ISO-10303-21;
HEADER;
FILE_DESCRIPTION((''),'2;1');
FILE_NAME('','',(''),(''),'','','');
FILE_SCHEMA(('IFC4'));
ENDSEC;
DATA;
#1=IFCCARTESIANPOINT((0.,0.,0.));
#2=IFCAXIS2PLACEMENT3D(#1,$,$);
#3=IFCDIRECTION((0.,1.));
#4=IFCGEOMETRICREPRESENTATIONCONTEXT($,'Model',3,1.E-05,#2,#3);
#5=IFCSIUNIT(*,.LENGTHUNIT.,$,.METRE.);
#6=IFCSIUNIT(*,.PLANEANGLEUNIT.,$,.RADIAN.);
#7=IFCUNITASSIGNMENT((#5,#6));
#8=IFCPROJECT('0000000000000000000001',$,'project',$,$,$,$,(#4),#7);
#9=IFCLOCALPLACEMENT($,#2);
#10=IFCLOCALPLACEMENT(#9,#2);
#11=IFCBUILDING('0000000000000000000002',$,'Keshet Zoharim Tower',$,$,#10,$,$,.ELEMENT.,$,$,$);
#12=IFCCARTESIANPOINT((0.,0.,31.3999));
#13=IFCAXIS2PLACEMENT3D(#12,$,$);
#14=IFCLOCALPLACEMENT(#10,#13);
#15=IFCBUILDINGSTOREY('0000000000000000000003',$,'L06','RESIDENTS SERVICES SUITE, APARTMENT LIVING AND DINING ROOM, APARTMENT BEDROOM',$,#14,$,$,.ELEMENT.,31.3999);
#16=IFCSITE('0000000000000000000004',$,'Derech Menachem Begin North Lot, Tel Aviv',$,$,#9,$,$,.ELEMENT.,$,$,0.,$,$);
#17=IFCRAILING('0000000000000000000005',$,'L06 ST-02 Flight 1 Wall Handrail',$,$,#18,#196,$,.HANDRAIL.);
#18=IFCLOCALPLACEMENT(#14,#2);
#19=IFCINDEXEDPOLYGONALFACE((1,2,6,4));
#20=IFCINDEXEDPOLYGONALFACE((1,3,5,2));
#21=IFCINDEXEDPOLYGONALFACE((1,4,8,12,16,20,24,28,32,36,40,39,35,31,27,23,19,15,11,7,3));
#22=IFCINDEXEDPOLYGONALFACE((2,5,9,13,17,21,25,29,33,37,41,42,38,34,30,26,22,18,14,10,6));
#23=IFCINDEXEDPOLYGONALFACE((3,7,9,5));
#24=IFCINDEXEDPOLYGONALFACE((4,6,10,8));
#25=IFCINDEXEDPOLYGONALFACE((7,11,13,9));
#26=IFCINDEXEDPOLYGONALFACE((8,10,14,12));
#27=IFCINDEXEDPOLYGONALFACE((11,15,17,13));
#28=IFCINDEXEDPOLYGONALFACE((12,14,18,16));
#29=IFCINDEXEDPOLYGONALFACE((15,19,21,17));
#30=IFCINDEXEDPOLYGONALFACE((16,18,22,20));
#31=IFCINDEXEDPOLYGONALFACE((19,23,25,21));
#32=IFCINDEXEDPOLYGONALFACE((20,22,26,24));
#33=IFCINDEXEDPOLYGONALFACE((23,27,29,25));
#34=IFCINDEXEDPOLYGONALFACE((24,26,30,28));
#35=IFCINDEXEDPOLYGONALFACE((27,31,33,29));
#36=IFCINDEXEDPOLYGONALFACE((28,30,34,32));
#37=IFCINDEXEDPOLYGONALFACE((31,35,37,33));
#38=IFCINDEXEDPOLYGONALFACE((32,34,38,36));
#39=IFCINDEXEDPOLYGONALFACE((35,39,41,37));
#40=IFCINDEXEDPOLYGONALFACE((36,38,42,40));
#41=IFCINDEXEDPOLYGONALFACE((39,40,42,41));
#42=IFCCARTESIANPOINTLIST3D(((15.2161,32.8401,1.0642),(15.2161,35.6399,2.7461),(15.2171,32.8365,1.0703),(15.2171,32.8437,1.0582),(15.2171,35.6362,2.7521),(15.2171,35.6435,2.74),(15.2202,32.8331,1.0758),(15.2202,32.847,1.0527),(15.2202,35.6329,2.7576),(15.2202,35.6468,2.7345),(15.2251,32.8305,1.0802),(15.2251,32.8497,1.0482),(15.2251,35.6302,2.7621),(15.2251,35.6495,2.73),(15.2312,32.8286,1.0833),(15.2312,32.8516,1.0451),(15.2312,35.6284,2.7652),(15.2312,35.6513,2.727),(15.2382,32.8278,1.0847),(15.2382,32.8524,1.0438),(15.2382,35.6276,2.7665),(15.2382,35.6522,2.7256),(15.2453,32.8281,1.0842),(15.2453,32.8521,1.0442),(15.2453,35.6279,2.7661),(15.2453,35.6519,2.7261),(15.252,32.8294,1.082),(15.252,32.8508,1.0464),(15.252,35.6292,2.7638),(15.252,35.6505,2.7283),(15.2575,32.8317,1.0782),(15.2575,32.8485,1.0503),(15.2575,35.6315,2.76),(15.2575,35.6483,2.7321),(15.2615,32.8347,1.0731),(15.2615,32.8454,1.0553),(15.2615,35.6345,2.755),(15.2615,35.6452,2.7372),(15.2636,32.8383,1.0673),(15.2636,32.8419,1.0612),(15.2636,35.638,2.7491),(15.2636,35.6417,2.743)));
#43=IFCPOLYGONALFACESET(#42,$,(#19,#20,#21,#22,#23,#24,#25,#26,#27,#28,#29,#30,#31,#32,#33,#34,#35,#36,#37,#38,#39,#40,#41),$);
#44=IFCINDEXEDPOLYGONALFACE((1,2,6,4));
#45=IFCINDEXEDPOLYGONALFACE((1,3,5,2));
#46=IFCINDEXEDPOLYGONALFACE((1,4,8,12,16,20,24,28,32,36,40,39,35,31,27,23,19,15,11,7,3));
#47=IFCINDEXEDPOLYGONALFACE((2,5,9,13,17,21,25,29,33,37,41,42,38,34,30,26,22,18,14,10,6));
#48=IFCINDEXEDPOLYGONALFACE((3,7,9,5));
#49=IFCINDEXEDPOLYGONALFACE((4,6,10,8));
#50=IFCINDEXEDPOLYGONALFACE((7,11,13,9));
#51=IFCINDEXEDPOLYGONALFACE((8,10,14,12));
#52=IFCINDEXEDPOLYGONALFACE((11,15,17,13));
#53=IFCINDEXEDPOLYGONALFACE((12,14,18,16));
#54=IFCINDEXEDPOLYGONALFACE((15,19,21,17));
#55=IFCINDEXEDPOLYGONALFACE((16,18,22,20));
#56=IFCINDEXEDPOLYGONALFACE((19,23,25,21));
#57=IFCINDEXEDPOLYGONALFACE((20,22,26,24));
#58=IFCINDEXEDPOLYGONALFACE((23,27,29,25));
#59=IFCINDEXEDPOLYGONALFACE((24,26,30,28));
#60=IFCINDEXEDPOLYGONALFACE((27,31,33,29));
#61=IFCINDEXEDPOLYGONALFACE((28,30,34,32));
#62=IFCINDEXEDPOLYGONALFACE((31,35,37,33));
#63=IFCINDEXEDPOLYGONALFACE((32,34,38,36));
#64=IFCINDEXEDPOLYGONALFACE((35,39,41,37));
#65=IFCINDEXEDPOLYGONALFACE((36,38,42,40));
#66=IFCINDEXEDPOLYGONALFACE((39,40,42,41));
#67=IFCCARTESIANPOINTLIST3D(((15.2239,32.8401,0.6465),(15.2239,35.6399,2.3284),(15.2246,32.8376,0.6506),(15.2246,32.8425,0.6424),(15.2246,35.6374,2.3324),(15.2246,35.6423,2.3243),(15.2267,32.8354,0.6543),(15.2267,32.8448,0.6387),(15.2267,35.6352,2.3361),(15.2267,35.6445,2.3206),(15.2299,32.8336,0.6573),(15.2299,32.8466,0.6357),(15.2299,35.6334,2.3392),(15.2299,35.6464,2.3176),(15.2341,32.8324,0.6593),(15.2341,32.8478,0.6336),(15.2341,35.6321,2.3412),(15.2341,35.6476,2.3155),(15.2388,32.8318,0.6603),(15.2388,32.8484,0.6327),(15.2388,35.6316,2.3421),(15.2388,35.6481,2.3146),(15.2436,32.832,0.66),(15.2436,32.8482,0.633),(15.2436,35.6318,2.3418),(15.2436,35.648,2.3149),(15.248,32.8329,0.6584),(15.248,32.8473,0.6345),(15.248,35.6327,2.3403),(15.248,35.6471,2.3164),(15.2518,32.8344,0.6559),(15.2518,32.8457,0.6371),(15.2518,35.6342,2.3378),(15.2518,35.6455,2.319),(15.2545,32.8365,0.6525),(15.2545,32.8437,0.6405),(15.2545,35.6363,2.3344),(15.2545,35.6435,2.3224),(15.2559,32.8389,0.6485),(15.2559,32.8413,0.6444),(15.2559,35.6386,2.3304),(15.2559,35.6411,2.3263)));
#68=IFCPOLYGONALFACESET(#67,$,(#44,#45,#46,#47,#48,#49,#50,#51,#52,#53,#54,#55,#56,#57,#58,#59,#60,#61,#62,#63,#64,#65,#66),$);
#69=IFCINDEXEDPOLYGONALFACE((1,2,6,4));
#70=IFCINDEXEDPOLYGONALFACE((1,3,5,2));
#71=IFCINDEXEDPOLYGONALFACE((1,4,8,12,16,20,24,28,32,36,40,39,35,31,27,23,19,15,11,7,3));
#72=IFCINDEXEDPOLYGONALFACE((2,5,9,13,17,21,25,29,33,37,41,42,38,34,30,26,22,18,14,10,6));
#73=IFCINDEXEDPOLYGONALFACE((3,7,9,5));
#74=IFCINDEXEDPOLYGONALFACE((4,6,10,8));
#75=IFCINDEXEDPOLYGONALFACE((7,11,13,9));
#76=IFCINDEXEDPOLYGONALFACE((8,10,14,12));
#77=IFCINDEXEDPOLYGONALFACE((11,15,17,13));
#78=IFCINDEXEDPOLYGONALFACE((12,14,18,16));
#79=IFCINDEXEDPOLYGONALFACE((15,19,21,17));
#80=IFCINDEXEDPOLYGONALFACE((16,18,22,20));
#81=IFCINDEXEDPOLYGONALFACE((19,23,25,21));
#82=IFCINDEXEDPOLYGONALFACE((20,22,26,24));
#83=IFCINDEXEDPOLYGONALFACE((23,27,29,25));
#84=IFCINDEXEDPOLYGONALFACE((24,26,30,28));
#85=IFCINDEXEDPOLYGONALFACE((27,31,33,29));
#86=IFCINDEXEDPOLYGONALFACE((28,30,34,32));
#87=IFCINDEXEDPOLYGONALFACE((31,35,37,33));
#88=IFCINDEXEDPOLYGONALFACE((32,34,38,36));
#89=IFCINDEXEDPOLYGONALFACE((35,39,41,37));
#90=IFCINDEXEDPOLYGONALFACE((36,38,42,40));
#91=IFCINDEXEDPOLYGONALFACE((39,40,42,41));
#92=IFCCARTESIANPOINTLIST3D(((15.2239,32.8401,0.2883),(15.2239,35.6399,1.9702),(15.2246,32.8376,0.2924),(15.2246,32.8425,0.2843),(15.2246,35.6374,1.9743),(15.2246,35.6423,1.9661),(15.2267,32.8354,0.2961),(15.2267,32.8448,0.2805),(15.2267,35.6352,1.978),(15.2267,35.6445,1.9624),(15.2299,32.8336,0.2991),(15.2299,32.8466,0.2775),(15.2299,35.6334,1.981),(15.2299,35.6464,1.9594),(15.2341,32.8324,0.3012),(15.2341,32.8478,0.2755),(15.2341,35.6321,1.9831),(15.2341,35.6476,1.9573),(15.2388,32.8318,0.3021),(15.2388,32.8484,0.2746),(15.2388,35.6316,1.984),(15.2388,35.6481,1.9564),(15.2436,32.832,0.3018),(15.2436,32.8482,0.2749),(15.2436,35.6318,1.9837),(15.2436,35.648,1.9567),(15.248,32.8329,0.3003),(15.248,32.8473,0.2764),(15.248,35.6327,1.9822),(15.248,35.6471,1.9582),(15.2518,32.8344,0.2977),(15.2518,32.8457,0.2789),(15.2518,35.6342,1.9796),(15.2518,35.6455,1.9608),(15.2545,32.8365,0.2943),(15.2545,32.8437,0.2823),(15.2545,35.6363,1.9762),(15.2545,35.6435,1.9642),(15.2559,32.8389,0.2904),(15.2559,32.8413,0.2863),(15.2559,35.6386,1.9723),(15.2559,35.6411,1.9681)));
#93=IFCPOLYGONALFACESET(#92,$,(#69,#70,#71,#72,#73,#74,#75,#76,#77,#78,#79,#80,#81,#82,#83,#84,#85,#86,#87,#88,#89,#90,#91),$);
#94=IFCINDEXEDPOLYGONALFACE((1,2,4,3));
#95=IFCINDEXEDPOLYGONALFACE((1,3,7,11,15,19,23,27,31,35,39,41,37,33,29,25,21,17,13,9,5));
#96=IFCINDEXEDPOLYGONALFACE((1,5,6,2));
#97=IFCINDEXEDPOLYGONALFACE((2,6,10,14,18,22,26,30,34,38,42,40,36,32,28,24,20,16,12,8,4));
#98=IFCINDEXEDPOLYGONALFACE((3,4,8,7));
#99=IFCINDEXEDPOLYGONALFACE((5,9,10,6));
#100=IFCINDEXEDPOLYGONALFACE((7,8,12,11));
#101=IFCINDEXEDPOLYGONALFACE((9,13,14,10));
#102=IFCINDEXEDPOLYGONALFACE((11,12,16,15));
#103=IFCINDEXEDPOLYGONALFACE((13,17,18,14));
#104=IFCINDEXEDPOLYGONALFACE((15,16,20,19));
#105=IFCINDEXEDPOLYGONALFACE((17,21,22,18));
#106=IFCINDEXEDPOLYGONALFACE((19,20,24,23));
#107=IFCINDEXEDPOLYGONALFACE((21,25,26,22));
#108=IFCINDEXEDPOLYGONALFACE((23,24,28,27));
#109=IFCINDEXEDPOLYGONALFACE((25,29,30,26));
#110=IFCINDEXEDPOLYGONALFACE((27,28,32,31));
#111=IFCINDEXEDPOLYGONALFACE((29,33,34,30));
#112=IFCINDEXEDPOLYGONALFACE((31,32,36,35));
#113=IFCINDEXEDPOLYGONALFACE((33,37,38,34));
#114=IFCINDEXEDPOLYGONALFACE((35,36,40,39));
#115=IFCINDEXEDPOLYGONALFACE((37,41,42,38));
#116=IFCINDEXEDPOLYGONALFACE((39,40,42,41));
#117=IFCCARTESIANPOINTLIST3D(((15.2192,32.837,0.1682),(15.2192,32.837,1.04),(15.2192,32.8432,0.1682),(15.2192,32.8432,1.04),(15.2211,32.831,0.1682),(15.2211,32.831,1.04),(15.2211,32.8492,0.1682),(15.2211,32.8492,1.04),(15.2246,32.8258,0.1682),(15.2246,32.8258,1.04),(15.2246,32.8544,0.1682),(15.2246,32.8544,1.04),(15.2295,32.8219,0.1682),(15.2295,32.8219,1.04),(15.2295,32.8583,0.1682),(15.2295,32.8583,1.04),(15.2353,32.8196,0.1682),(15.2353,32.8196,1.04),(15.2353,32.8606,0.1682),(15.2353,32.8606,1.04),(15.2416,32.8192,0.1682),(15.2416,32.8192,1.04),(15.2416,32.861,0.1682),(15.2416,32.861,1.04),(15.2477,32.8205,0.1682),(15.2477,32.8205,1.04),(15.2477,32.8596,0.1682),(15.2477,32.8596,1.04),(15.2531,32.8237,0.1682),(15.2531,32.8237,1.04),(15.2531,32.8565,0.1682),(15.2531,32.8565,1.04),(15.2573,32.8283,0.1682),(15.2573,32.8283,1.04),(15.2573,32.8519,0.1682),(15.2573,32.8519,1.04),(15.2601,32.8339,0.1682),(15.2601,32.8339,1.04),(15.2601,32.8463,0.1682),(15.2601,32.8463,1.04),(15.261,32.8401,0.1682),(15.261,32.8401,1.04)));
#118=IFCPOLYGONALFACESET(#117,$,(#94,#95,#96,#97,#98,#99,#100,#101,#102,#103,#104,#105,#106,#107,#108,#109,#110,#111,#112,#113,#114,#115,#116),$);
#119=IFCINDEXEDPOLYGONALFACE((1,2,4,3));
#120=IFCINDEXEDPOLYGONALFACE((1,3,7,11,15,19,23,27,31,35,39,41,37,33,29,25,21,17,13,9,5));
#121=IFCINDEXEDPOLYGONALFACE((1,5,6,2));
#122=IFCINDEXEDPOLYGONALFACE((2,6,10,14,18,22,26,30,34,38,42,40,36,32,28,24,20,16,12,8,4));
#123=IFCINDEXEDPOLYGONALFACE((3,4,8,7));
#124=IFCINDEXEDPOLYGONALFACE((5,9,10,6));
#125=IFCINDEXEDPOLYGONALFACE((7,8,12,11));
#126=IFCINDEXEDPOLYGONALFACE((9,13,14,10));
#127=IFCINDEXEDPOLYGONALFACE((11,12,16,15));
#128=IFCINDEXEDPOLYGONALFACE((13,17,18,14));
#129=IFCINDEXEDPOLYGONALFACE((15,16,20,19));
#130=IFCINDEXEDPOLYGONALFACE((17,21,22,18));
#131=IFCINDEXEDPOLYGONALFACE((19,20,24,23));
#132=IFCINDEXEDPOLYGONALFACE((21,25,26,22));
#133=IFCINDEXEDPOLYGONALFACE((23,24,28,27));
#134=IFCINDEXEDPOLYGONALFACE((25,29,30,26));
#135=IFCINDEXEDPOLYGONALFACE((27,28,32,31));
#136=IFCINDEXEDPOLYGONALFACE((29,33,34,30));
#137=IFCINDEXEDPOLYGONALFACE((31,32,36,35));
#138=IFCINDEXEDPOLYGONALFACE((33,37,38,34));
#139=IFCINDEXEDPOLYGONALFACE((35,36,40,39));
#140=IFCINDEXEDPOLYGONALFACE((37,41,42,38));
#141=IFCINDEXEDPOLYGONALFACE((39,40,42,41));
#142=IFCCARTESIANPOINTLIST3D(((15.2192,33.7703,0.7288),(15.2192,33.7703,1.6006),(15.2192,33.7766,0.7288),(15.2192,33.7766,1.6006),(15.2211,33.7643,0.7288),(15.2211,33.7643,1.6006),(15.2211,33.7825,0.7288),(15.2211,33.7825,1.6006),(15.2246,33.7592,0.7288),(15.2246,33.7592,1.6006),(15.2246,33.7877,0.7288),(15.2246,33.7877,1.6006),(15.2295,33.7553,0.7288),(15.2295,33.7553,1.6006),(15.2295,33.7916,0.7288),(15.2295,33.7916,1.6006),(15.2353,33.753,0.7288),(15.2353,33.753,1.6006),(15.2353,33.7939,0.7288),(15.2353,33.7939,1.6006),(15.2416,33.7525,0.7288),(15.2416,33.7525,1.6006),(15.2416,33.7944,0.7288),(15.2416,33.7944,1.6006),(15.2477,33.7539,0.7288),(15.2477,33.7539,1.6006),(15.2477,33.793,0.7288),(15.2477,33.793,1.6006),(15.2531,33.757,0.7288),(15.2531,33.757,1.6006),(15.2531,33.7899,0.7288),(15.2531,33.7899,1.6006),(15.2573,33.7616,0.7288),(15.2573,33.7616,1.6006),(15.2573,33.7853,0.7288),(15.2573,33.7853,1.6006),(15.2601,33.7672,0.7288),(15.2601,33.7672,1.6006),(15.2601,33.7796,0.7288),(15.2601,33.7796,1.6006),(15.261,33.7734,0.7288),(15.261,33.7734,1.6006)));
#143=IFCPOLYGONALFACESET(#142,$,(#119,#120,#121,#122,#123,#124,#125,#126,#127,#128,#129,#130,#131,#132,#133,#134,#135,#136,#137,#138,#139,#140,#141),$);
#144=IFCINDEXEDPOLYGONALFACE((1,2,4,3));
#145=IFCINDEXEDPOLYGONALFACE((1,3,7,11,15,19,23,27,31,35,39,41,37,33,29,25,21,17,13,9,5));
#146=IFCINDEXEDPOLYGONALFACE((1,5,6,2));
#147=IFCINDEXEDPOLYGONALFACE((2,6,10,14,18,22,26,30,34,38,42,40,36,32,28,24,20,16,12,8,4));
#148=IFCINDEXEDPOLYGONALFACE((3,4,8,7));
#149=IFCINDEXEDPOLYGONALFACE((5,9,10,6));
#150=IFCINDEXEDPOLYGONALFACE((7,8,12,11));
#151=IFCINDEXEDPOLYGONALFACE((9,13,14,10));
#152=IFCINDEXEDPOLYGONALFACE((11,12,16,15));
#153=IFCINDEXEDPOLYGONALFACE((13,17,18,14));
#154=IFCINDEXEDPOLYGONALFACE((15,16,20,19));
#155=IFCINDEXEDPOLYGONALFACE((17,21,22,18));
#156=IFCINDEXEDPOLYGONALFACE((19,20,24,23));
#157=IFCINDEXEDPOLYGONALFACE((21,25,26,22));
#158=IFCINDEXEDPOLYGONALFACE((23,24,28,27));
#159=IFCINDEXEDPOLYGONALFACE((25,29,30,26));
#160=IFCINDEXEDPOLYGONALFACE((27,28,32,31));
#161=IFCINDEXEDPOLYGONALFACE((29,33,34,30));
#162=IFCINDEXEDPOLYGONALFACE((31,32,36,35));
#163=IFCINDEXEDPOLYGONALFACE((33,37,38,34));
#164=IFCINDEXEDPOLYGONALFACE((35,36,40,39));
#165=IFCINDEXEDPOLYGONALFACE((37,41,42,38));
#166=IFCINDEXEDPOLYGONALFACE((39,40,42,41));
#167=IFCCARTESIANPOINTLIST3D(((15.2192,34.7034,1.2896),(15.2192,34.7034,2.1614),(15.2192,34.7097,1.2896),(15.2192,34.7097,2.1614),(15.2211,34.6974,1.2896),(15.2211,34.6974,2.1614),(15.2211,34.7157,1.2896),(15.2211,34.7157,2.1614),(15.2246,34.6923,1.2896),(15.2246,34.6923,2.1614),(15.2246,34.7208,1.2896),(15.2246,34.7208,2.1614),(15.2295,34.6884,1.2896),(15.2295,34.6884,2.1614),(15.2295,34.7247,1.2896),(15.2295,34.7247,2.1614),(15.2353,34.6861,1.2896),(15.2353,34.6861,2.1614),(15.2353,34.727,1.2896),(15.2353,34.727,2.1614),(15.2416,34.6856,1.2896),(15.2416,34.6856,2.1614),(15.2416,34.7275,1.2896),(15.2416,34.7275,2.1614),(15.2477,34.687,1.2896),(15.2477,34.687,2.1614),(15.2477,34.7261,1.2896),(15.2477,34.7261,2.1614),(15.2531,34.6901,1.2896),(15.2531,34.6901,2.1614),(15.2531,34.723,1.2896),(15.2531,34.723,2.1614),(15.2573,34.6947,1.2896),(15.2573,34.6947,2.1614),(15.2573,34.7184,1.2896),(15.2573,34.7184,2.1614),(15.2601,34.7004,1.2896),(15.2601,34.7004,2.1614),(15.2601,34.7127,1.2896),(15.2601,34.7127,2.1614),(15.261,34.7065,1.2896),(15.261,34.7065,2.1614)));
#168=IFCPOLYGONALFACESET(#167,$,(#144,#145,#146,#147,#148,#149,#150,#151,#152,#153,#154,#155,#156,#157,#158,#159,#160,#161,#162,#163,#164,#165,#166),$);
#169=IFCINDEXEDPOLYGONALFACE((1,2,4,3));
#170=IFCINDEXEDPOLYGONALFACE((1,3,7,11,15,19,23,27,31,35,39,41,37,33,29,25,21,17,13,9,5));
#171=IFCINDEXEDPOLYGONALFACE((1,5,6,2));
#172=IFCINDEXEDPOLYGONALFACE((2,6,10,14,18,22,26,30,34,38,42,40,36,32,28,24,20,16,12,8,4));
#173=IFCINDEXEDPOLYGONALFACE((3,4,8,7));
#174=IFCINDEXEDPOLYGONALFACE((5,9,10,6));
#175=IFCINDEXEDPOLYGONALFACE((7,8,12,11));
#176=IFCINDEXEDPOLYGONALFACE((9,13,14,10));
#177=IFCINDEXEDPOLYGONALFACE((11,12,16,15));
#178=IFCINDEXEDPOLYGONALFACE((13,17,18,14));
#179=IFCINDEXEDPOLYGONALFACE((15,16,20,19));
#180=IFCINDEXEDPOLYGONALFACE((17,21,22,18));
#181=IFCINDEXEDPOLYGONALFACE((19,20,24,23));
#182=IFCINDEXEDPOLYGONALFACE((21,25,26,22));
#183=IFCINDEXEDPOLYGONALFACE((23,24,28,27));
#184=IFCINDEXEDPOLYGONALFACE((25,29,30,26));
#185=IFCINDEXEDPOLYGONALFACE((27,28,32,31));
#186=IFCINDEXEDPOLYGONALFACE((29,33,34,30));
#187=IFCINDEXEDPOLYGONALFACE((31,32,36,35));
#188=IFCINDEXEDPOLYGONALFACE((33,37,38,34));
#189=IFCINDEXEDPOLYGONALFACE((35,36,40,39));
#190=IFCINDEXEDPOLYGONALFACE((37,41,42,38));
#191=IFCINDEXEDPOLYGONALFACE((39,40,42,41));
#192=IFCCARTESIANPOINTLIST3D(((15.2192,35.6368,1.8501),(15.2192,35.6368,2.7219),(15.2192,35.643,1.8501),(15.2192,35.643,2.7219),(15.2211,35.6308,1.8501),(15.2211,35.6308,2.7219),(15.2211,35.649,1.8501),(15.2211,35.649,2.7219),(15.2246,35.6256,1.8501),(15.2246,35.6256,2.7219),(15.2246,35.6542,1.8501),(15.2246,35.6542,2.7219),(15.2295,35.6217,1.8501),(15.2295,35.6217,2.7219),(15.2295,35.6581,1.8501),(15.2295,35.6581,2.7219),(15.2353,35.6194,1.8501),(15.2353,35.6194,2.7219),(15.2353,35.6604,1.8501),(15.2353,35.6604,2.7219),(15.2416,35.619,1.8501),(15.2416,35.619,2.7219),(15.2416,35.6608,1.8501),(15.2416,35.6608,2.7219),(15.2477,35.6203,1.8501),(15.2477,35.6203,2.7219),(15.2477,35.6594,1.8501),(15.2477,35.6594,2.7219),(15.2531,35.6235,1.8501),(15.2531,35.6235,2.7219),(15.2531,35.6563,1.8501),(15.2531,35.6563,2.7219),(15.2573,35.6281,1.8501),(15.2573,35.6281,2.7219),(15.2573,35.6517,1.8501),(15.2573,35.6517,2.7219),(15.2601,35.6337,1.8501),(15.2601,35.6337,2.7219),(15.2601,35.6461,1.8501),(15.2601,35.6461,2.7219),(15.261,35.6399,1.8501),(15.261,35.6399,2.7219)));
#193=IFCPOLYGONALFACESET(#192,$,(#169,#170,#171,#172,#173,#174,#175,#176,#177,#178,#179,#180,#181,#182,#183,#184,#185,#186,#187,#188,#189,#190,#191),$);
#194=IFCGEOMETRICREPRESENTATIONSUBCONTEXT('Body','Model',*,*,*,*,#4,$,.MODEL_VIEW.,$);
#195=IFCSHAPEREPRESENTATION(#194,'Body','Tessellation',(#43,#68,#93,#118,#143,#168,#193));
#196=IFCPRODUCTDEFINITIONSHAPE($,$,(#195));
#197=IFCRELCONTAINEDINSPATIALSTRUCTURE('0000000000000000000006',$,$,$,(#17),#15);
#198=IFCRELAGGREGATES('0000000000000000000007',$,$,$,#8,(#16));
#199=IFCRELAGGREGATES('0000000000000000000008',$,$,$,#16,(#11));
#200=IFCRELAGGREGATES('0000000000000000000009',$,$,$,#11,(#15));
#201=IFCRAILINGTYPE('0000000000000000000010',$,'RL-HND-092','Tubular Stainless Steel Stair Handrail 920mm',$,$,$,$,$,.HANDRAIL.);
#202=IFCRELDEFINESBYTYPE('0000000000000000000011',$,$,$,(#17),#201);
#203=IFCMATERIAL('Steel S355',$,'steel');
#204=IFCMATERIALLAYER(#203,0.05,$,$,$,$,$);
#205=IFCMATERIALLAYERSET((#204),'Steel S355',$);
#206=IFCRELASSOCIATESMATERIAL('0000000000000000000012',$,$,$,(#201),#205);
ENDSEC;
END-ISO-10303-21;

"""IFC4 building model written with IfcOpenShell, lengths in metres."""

from ifc_helpers import new_model, si_unit, direction, frame, origin, origin_2d, place, context, subcontext, project, spatial, circle, extrude, material, layer, layer_set, type_object, element, save


model = new_model("IFC4")

# Units and contexts
model_context = context("Model", 3, precision=1e-05, world=origin(), true_north=direction((0.0, 1.0)))
body_context = subcontext(model_context, "Body", "Model", "MODEL_VIEW")
ifc_project = project(units=[si_unit("LENGTHUNIT", "METRE"), si_unit("PLANEANGLEUNIT", "RADIAN")], contexts=[model_context])

# Site, building, storey
site_placement = place(None, origin())
site = spatial("IfcSite", under=ifc_project, at=site_placement, Name="Derech Menachem Begin North Lot, Tel Aviv", CompositionType="ELEMENT", RefElevation=0.0)
building_placement = place(site_placement, origin())
building = spatial("IfcBuilding", under=site, at=building_placement, Name="Keshet Zoharim Tower", CompositionType="ELEMENT")
storey_placement = place(building_placement, frame((0.0, 0.0, 31.3999)))
storey = spatial("IfcBuildingStorey", under=building, at=storey_placement, Name="L06", Description="RESIDENTS SERVICES SUITE, APARTMENT LIVING AND DINING ROOM, APARTMENT BEDROOM", CompositionType="ELEMENT", Elevation=31.3999)

# Railing
ifc_material_1 = material(Name="Steel S355", Category="steel")
ifc_layer_1 = layer(ifc_material_1, 0.05)
ifc_layer_set_1 = layer_set([ifc_layer_1], Name="Steel S355")
railing_type_1 = type_object("IfcRailingType", Name="RL-HND-092", Description="Tubular Stainless Steel Stair Handrail 920mm", PredefinedType="HANDRAIL", material=ifc_layer_set_1)
railing_1_placement = place(storey_placement, frame((15.24, 32.8401, 0.1682)))
element("IfcRailing", 1, at=railing_1_placement, inside=storey, type_object=railing_type_1, Name="L06 ST-02 Flight 1 Wall Handrail", PredefinedType="HANDRAIL", context=body_context, shape_type="SweptSolid", body=[
    extrude(circle(Radius=0.0239, at=origin_2d()), frame((0.0, 0.0, 0.896), z_axis=(0.0, 0.857222, 0.514946), x_axis=(-1.0, 0.0, 0.0)), (0.0, 0.0, 1.0), 3.2661),
    extrude(circle(Radius=0.0161, at=origin_2d()), frame((0.0, 0.0, 0.4783), z_axis=(0.0, 0.857222, 0.514946), x_axis=(-1.0, 0.0, 0.0)), (0.0, 0.0, 1.0), 3.2661),
    extrude(circle(Radius=0.0161, at=origin_2d()), frame((0.0, 0.0, 0.1201), z_axis=(0.0, 0.857222, 0.514946), x_axis=(-1.0, 0.0, 0.0)), (0.0, 0.0, 1.0), 3.2661),
    extrude(circle(Radius=0.021, at=origin_2d()), origin(), (0.0, 0.0, 1.0), 0.8718),
    extrude(circle(Radius=0.021, at=origin_2d()), frame((0.0, 0.9333, 0.5605)), (0.0, 0.0, 1.0), 0.8718),
    extrude(circle(Radius=0.021, at=origin_2d()), frame((0.0, 1.8665, 1.1213)), (0.0, 0.0, 1.0), 0.8718),
    extrude(circle(Radius=0.021, at=origin_2d()), frame((0.0, 2.7998, 1.6819)), (0.0, 0.0, 1.0), 0.8718),
])

save(model, "model.ifc")
